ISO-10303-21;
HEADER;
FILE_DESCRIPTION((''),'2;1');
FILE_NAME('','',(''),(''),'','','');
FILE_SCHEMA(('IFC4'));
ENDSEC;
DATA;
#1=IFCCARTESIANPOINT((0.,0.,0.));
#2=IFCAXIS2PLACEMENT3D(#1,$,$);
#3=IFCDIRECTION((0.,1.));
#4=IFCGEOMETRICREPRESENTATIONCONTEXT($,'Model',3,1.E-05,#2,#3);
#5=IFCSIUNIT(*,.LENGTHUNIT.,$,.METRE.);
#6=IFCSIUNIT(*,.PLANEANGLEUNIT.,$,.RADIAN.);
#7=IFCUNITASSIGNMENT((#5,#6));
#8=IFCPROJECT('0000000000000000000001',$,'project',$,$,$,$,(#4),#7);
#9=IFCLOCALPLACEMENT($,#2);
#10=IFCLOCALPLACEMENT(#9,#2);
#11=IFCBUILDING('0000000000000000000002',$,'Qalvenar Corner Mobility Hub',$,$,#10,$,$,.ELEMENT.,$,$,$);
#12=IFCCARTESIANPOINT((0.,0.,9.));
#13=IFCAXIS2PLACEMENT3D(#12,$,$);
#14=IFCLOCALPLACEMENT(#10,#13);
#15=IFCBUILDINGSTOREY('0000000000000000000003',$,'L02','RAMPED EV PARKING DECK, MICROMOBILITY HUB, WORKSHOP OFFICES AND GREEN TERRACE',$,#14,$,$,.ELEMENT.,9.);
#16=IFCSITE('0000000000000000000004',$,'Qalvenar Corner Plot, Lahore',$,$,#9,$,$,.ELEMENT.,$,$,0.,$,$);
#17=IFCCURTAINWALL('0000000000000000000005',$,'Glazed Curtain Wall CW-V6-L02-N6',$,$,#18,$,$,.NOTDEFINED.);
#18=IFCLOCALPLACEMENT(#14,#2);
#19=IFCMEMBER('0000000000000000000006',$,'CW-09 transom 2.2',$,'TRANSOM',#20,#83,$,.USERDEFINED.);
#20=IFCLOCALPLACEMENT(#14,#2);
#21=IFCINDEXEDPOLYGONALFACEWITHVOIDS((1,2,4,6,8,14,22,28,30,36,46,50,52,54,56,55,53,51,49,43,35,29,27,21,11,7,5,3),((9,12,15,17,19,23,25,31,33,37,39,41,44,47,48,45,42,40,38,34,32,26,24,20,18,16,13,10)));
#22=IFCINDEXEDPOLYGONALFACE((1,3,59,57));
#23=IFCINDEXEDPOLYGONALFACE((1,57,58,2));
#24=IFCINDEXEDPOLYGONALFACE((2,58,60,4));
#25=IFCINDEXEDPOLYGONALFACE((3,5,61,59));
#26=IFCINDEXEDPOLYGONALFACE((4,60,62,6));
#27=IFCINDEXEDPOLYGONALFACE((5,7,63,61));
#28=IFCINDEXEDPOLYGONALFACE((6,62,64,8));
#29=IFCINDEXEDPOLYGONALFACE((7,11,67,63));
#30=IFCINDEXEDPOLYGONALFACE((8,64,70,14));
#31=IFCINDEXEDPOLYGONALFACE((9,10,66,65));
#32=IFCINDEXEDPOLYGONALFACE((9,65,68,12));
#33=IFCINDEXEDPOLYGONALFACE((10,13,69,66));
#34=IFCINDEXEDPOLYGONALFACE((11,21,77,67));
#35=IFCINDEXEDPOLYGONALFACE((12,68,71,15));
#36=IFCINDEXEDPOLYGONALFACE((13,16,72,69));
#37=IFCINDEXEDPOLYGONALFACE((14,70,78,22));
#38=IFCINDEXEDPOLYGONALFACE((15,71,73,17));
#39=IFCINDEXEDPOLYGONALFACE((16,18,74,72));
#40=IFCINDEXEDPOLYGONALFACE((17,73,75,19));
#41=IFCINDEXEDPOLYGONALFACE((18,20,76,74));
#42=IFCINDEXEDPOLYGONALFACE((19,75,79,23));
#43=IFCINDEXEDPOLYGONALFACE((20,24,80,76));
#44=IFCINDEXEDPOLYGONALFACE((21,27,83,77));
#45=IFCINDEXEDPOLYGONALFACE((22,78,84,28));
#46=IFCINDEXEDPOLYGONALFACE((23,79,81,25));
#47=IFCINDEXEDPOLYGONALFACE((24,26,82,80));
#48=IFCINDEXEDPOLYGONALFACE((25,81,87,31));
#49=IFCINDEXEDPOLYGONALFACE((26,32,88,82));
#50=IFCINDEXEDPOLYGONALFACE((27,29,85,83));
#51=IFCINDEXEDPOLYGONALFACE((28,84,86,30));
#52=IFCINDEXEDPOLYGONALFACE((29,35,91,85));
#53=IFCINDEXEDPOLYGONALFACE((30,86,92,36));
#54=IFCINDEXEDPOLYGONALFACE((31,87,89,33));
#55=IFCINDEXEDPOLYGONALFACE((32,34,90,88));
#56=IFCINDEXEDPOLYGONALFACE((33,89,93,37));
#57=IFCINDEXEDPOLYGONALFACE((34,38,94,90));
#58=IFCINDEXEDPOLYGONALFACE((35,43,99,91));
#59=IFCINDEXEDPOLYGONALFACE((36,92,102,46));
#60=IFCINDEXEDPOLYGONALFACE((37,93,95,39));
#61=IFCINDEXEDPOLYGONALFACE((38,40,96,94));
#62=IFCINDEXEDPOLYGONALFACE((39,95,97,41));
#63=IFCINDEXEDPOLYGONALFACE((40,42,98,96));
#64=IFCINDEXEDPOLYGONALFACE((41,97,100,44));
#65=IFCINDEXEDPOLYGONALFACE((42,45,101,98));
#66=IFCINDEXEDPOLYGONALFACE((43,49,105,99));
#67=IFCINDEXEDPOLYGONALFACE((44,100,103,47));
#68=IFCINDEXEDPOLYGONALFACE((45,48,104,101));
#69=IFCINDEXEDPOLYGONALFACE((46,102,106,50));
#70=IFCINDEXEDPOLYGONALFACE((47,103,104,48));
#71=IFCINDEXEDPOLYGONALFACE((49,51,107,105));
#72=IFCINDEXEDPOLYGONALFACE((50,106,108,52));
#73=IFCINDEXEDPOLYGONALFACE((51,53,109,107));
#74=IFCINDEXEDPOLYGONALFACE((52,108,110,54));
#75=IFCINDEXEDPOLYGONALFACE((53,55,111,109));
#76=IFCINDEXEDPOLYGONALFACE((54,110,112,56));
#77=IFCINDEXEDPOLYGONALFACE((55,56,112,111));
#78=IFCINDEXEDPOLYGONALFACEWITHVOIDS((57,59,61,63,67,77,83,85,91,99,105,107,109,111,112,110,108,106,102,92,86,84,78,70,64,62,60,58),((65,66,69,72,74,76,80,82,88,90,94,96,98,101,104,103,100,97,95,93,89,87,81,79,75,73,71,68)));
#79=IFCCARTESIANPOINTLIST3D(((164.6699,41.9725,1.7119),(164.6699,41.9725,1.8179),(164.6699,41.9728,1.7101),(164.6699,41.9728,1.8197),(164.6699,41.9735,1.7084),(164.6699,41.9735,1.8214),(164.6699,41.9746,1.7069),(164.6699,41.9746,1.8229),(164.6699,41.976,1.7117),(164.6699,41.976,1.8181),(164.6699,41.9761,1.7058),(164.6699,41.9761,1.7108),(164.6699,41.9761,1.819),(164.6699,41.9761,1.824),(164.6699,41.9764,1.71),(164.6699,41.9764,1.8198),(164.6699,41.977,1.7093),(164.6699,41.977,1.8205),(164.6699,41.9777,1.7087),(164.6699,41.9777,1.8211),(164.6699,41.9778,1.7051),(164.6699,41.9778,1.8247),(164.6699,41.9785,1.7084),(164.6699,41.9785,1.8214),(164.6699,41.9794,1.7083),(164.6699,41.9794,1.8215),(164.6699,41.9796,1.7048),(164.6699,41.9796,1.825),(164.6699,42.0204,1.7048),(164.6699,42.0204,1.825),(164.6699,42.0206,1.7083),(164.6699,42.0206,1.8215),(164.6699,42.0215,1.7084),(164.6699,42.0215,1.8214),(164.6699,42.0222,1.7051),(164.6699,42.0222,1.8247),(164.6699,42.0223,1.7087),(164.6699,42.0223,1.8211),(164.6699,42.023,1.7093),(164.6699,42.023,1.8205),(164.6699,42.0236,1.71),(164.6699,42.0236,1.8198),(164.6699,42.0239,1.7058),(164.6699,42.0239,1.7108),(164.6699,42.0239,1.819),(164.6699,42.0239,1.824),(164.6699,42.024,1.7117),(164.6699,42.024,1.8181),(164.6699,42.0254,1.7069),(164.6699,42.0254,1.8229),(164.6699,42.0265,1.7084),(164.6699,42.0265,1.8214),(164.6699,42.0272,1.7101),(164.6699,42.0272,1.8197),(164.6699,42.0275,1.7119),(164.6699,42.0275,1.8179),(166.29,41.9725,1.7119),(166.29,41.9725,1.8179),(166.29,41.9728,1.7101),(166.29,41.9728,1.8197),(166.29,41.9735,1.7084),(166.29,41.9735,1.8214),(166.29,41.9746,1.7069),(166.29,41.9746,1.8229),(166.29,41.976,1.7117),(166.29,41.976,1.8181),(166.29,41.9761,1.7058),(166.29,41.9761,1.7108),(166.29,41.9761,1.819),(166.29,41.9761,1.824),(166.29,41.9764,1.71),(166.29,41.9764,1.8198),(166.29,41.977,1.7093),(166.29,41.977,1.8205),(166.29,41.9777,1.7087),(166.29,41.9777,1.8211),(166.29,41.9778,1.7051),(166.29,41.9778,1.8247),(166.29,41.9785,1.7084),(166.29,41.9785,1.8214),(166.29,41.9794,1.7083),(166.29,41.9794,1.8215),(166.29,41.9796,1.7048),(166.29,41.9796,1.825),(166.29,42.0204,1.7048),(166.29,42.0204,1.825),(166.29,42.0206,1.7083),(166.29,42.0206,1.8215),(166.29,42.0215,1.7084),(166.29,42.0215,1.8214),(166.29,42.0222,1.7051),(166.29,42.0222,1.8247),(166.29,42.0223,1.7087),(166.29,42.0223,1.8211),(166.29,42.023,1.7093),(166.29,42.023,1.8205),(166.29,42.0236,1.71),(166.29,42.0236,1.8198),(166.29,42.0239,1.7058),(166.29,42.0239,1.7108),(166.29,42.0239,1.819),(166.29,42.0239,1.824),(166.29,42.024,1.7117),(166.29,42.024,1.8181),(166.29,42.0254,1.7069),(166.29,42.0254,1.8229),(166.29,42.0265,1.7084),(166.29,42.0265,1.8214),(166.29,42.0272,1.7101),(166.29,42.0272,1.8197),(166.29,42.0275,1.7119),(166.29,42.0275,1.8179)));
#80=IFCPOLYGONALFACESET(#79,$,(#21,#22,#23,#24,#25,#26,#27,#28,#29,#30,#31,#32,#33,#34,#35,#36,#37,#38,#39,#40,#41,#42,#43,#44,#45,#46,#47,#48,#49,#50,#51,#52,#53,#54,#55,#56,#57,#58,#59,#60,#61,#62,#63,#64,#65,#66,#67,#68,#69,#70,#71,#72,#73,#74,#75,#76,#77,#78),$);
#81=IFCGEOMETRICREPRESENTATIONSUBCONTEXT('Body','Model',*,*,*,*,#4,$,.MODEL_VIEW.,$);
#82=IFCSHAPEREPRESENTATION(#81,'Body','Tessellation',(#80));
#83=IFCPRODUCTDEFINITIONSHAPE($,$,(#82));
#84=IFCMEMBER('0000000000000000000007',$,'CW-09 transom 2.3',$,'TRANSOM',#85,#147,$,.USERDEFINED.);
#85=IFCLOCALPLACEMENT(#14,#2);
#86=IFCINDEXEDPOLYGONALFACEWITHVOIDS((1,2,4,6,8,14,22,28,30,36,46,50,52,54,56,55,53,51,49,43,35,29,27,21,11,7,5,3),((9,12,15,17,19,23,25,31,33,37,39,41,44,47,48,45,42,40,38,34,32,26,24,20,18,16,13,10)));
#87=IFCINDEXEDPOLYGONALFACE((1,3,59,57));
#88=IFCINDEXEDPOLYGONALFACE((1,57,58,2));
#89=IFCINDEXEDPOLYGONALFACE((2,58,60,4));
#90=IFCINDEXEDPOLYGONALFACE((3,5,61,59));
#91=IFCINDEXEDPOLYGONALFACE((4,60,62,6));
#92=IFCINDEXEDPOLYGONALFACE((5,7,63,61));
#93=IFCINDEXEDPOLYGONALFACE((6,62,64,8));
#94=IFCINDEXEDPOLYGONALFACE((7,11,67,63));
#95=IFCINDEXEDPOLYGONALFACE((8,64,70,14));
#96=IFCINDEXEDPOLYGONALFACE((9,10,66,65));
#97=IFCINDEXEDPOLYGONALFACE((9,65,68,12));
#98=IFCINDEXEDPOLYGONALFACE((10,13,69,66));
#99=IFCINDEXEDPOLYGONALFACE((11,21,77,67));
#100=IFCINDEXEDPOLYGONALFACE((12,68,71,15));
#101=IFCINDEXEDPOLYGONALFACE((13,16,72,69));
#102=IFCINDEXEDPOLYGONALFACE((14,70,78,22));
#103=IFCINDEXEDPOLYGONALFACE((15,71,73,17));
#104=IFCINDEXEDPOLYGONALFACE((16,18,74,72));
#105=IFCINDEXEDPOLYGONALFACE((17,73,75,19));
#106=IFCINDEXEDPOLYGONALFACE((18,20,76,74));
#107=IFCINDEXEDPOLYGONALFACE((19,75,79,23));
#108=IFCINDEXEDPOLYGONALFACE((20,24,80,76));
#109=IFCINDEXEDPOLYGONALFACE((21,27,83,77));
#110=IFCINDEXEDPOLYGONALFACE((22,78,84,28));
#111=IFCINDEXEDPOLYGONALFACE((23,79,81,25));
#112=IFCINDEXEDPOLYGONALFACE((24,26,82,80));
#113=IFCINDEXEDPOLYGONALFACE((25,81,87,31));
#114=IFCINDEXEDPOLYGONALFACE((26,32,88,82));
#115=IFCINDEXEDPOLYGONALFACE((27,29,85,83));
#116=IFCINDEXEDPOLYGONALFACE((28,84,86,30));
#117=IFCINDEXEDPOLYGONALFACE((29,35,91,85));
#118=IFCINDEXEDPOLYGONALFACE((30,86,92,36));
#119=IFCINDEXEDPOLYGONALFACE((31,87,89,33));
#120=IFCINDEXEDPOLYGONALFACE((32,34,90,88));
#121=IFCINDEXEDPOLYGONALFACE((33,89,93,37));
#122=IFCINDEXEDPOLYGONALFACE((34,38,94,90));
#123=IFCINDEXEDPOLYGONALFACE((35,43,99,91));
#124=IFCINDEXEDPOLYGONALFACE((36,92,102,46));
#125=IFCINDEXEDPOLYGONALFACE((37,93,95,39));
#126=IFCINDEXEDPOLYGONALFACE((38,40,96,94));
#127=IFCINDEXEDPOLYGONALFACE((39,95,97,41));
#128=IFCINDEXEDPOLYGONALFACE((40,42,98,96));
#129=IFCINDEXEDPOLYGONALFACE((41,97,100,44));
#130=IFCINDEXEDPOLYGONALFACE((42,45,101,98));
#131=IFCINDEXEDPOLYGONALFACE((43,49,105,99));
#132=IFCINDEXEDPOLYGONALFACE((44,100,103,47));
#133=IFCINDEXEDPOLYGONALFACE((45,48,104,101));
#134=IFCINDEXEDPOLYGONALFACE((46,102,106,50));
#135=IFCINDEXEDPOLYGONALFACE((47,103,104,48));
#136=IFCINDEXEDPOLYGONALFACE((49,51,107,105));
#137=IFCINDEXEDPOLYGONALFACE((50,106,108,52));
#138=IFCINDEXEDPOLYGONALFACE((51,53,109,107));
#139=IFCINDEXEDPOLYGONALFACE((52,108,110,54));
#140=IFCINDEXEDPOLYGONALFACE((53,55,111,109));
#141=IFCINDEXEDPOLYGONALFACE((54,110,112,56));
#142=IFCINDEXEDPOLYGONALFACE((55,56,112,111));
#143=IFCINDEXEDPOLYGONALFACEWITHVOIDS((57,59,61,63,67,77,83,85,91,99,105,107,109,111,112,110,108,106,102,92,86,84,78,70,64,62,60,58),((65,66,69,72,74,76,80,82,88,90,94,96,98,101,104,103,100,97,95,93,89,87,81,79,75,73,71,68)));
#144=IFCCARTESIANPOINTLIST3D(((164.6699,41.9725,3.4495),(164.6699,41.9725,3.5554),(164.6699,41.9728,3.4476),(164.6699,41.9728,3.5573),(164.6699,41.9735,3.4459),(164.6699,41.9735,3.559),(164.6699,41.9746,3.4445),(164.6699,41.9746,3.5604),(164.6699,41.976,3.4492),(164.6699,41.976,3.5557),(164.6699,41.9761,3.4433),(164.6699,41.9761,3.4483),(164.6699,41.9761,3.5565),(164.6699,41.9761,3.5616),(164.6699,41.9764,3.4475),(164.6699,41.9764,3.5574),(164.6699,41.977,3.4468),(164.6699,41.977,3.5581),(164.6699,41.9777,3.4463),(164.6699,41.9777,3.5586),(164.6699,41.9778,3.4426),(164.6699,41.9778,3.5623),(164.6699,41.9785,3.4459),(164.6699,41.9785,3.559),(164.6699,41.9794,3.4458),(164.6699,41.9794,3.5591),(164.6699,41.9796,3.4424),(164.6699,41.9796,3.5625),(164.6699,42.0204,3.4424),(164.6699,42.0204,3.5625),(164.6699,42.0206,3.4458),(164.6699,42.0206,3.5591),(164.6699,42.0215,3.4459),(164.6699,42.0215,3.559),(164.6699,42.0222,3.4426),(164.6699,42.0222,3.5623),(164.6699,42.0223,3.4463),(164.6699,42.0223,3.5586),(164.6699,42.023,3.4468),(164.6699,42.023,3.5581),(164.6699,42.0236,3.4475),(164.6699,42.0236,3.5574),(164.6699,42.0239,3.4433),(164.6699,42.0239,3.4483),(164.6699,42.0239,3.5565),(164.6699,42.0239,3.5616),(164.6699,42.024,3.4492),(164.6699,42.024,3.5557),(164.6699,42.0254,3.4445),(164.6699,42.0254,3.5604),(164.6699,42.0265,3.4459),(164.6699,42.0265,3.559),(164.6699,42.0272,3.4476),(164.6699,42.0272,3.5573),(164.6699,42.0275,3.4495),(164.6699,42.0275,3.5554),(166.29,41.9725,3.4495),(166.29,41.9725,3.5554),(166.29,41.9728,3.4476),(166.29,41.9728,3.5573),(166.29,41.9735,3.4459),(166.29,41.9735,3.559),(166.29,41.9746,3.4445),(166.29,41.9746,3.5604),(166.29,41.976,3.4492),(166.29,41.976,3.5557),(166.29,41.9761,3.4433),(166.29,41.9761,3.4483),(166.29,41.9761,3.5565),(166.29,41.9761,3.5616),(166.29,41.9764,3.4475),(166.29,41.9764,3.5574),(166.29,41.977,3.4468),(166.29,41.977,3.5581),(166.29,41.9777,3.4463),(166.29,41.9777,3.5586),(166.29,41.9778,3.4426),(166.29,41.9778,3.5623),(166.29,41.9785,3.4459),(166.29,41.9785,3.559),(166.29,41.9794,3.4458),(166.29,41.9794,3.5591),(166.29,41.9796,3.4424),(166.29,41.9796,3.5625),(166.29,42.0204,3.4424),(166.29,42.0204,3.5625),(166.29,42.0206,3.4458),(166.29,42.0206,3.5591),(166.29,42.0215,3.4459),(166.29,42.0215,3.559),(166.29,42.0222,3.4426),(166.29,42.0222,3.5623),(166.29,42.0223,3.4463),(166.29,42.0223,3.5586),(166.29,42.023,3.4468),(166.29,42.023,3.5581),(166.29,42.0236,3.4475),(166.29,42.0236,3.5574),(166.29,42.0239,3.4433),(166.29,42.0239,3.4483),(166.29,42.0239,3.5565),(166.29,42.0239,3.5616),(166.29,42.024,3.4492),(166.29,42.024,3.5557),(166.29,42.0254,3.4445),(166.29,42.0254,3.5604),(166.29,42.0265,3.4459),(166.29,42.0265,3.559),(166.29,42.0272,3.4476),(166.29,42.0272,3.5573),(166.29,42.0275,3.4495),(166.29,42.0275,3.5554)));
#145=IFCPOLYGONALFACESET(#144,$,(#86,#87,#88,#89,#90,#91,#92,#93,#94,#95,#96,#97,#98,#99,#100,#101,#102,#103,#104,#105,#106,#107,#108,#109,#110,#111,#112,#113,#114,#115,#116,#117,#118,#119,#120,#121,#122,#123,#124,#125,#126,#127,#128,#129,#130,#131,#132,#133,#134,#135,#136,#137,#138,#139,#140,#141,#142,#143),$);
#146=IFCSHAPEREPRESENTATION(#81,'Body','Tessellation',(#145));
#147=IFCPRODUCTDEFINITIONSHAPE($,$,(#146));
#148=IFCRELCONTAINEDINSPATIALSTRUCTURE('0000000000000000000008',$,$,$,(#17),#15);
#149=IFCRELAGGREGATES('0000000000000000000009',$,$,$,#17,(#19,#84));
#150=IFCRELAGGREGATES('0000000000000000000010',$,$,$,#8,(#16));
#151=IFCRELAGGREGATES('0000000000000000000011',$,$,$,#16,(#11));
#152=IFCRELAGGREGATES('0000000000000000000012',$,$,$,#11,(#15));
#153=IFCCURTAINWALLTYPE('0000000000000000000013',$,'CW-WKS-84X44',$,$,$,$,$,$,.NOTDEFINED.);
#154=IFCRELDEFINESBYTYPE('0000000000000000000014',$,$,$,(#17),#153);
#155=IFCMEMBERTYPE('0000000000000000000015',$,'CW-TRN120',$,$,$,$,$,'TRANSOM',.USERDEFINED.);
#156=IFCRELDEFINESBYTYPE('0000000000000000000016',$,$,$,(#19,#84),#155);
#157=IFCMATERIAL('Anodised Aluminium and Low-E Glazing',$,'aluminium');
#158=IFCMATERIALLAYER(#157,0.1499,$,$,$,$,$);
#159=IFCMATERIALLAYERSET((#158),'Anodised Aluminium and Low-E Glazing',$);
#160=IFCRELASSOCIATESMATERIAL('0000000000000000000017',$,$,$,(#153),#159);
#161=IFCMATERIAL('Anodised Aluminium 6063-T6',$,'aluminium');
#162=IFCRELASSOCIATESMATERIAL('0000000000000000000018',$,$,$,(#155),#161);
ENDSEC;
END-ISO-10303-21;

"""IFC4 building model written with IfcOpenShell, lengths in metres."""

from ifc_helpers import new_model, si_unit, direction, frame, origin, origin_2d, place, context, subcontext, project, spatial, hollow_rectangle, extrude, material, layer, layer_set, material_profile, profile_set, type_object, element, aggregate, save


model = new_model("IFC4")

# Units and contexts
model_context = context("Model", 3, precision=1e-05, world=origin(), true_north=direction((0.0, 1.0)))
body_context = subcontext(model_context, "Body", "Model", "MODEL_VIEW")
ifc_project = project(units=[si_unit("LENGTHUNIT", "METRE"), si_unit("PLANEANGLEUNIT", "RADIAN")], contexts=[model_context])

# Site, building, storey
site_placement = place(None, origin())
site = spatial("IfcSite", under=ifc_project, at=site_placement, Name="Qalvenar Corner Plot, Lahore", CompositionType="ELEMENT", RefElevation=0.0)
building_placement = place(site_placement, origin())
building = spatial("IfcBuilding", under=site, at=building_placement, Name="Qalvenar Corner Mobility Hub", CompositionType="ELEMENT")
storey_placement = place(building_placement, frame((0.0, 0.0, 9.0)))
storey = spatial("IfcBuildingStorey", under=building, at=storey_placement, Name="L02", Description="RAMPED EV PARKING DECK, MICROMOBILITY HUB, WORKSHOP OFFICES AND GREEN TERRACE", CompositionType="ELEMENT", Elevation=9.0)

# Curtain wall, members
ifc_material_1 = material(Name="Anodised Aluminium and Low-E Glazing", Category="aluminium")
ifc_layer_1 = layer(ifc_material_1, 0.1499)
ifc_layer_set_1 = layer_set([ifc_layer_1], Name="Anodised Aluminium and Low-E Glazing")
curtain_wall_type = type_object("IfcCurtainWallType", Name="CW-WKS-84X44", PredefinedType="NOTDEFINED", material=ifc_layer_set_1)
curtain_wall_placement = place(storey_placement, origin())
curtain_wall = element("IfcCurtainWall", 1, at=curtain_wall_placement, inside=storey, type_object=curtain_wall_type, Name="Glazed Curtain Wall CW-V6-L02-N6", PredefinedType="NOTDEFINED")
ifc_material_2 = material(Name="Anodised Aluminium 6063-T6", Category="aluminium")
ifc_material_profile_1 = material_profile(ifc_material_2, hollow_rectangle(XDim=0.0549, YDim=0.1201, WallThickness=0.0034, InnerFilletRadius=0.0034, OuterFilletRadius=0.0071, at=origin_2d()), Name="RHS120x55x3.5")
ifc_profile_set_1 = profile_set([ifc_material_profile_1], Name="Anodised Aluminium 6063-T6")
member_type_1 = type_object("IfcMemberType", Name="CW-TRN120", ElementType="TRANSOM", PredefinedType="USERDEFINED", material=ifc_profile_set_1)
member_1_placement = place(storey_placement, frame((166.29, 42.0, 1.7649), z_axis=(-1.0, 0.0, 0.0), x_axis=(0.0, -1.0, 0.0)))
member_1 = element("IfcMember", 2, at=member_1_placement, type_object=member_type_1, Name="CW-09 transom 2.2", ObjectType="TRANSOM", PredefinedType="USERDEFINED", context=body_context, shape_type="SweptSolid", body=[
    extrude(hollow_rectangle(XDim=0.0549, YDim=0.1201, WallThickness=0.0034, InnerFilletRadius=0.0034, OuterFilletRadius=0.0071, at=origin_2d()), origin(), (0.0, 0.0, 1.0), 1.6201),
])
member_2_placement = place(storey_placement, frame((166.29, 42.0, 3.5024), z_axis=(-1.0, 0.0, 0.0), x_axis=(0.0, -1.0, 0.0)))
member_2 = element("IfcMember", 3, at=member_2_placement, type_object=member_type_1, Name="CW-09 transom 2.3", ObjectType="TRANSOM", PredefinedType="USERDEFINED", context=body_context, shape_type="SweptSolid", body=[
    extrude(hollow_rectangle(XDim=0.0549, YDim=0.1201, WallThickness=0.0034, InnerFilletRadius=0.0034, OuterFilletRadius=0.0071, at=origin_2d()), origin(), (0.0, 0.0, 1.0), 1.6201),
])
aggregate(curtain_wall, [member_1, member_2])

save(model, "model.ifc")
